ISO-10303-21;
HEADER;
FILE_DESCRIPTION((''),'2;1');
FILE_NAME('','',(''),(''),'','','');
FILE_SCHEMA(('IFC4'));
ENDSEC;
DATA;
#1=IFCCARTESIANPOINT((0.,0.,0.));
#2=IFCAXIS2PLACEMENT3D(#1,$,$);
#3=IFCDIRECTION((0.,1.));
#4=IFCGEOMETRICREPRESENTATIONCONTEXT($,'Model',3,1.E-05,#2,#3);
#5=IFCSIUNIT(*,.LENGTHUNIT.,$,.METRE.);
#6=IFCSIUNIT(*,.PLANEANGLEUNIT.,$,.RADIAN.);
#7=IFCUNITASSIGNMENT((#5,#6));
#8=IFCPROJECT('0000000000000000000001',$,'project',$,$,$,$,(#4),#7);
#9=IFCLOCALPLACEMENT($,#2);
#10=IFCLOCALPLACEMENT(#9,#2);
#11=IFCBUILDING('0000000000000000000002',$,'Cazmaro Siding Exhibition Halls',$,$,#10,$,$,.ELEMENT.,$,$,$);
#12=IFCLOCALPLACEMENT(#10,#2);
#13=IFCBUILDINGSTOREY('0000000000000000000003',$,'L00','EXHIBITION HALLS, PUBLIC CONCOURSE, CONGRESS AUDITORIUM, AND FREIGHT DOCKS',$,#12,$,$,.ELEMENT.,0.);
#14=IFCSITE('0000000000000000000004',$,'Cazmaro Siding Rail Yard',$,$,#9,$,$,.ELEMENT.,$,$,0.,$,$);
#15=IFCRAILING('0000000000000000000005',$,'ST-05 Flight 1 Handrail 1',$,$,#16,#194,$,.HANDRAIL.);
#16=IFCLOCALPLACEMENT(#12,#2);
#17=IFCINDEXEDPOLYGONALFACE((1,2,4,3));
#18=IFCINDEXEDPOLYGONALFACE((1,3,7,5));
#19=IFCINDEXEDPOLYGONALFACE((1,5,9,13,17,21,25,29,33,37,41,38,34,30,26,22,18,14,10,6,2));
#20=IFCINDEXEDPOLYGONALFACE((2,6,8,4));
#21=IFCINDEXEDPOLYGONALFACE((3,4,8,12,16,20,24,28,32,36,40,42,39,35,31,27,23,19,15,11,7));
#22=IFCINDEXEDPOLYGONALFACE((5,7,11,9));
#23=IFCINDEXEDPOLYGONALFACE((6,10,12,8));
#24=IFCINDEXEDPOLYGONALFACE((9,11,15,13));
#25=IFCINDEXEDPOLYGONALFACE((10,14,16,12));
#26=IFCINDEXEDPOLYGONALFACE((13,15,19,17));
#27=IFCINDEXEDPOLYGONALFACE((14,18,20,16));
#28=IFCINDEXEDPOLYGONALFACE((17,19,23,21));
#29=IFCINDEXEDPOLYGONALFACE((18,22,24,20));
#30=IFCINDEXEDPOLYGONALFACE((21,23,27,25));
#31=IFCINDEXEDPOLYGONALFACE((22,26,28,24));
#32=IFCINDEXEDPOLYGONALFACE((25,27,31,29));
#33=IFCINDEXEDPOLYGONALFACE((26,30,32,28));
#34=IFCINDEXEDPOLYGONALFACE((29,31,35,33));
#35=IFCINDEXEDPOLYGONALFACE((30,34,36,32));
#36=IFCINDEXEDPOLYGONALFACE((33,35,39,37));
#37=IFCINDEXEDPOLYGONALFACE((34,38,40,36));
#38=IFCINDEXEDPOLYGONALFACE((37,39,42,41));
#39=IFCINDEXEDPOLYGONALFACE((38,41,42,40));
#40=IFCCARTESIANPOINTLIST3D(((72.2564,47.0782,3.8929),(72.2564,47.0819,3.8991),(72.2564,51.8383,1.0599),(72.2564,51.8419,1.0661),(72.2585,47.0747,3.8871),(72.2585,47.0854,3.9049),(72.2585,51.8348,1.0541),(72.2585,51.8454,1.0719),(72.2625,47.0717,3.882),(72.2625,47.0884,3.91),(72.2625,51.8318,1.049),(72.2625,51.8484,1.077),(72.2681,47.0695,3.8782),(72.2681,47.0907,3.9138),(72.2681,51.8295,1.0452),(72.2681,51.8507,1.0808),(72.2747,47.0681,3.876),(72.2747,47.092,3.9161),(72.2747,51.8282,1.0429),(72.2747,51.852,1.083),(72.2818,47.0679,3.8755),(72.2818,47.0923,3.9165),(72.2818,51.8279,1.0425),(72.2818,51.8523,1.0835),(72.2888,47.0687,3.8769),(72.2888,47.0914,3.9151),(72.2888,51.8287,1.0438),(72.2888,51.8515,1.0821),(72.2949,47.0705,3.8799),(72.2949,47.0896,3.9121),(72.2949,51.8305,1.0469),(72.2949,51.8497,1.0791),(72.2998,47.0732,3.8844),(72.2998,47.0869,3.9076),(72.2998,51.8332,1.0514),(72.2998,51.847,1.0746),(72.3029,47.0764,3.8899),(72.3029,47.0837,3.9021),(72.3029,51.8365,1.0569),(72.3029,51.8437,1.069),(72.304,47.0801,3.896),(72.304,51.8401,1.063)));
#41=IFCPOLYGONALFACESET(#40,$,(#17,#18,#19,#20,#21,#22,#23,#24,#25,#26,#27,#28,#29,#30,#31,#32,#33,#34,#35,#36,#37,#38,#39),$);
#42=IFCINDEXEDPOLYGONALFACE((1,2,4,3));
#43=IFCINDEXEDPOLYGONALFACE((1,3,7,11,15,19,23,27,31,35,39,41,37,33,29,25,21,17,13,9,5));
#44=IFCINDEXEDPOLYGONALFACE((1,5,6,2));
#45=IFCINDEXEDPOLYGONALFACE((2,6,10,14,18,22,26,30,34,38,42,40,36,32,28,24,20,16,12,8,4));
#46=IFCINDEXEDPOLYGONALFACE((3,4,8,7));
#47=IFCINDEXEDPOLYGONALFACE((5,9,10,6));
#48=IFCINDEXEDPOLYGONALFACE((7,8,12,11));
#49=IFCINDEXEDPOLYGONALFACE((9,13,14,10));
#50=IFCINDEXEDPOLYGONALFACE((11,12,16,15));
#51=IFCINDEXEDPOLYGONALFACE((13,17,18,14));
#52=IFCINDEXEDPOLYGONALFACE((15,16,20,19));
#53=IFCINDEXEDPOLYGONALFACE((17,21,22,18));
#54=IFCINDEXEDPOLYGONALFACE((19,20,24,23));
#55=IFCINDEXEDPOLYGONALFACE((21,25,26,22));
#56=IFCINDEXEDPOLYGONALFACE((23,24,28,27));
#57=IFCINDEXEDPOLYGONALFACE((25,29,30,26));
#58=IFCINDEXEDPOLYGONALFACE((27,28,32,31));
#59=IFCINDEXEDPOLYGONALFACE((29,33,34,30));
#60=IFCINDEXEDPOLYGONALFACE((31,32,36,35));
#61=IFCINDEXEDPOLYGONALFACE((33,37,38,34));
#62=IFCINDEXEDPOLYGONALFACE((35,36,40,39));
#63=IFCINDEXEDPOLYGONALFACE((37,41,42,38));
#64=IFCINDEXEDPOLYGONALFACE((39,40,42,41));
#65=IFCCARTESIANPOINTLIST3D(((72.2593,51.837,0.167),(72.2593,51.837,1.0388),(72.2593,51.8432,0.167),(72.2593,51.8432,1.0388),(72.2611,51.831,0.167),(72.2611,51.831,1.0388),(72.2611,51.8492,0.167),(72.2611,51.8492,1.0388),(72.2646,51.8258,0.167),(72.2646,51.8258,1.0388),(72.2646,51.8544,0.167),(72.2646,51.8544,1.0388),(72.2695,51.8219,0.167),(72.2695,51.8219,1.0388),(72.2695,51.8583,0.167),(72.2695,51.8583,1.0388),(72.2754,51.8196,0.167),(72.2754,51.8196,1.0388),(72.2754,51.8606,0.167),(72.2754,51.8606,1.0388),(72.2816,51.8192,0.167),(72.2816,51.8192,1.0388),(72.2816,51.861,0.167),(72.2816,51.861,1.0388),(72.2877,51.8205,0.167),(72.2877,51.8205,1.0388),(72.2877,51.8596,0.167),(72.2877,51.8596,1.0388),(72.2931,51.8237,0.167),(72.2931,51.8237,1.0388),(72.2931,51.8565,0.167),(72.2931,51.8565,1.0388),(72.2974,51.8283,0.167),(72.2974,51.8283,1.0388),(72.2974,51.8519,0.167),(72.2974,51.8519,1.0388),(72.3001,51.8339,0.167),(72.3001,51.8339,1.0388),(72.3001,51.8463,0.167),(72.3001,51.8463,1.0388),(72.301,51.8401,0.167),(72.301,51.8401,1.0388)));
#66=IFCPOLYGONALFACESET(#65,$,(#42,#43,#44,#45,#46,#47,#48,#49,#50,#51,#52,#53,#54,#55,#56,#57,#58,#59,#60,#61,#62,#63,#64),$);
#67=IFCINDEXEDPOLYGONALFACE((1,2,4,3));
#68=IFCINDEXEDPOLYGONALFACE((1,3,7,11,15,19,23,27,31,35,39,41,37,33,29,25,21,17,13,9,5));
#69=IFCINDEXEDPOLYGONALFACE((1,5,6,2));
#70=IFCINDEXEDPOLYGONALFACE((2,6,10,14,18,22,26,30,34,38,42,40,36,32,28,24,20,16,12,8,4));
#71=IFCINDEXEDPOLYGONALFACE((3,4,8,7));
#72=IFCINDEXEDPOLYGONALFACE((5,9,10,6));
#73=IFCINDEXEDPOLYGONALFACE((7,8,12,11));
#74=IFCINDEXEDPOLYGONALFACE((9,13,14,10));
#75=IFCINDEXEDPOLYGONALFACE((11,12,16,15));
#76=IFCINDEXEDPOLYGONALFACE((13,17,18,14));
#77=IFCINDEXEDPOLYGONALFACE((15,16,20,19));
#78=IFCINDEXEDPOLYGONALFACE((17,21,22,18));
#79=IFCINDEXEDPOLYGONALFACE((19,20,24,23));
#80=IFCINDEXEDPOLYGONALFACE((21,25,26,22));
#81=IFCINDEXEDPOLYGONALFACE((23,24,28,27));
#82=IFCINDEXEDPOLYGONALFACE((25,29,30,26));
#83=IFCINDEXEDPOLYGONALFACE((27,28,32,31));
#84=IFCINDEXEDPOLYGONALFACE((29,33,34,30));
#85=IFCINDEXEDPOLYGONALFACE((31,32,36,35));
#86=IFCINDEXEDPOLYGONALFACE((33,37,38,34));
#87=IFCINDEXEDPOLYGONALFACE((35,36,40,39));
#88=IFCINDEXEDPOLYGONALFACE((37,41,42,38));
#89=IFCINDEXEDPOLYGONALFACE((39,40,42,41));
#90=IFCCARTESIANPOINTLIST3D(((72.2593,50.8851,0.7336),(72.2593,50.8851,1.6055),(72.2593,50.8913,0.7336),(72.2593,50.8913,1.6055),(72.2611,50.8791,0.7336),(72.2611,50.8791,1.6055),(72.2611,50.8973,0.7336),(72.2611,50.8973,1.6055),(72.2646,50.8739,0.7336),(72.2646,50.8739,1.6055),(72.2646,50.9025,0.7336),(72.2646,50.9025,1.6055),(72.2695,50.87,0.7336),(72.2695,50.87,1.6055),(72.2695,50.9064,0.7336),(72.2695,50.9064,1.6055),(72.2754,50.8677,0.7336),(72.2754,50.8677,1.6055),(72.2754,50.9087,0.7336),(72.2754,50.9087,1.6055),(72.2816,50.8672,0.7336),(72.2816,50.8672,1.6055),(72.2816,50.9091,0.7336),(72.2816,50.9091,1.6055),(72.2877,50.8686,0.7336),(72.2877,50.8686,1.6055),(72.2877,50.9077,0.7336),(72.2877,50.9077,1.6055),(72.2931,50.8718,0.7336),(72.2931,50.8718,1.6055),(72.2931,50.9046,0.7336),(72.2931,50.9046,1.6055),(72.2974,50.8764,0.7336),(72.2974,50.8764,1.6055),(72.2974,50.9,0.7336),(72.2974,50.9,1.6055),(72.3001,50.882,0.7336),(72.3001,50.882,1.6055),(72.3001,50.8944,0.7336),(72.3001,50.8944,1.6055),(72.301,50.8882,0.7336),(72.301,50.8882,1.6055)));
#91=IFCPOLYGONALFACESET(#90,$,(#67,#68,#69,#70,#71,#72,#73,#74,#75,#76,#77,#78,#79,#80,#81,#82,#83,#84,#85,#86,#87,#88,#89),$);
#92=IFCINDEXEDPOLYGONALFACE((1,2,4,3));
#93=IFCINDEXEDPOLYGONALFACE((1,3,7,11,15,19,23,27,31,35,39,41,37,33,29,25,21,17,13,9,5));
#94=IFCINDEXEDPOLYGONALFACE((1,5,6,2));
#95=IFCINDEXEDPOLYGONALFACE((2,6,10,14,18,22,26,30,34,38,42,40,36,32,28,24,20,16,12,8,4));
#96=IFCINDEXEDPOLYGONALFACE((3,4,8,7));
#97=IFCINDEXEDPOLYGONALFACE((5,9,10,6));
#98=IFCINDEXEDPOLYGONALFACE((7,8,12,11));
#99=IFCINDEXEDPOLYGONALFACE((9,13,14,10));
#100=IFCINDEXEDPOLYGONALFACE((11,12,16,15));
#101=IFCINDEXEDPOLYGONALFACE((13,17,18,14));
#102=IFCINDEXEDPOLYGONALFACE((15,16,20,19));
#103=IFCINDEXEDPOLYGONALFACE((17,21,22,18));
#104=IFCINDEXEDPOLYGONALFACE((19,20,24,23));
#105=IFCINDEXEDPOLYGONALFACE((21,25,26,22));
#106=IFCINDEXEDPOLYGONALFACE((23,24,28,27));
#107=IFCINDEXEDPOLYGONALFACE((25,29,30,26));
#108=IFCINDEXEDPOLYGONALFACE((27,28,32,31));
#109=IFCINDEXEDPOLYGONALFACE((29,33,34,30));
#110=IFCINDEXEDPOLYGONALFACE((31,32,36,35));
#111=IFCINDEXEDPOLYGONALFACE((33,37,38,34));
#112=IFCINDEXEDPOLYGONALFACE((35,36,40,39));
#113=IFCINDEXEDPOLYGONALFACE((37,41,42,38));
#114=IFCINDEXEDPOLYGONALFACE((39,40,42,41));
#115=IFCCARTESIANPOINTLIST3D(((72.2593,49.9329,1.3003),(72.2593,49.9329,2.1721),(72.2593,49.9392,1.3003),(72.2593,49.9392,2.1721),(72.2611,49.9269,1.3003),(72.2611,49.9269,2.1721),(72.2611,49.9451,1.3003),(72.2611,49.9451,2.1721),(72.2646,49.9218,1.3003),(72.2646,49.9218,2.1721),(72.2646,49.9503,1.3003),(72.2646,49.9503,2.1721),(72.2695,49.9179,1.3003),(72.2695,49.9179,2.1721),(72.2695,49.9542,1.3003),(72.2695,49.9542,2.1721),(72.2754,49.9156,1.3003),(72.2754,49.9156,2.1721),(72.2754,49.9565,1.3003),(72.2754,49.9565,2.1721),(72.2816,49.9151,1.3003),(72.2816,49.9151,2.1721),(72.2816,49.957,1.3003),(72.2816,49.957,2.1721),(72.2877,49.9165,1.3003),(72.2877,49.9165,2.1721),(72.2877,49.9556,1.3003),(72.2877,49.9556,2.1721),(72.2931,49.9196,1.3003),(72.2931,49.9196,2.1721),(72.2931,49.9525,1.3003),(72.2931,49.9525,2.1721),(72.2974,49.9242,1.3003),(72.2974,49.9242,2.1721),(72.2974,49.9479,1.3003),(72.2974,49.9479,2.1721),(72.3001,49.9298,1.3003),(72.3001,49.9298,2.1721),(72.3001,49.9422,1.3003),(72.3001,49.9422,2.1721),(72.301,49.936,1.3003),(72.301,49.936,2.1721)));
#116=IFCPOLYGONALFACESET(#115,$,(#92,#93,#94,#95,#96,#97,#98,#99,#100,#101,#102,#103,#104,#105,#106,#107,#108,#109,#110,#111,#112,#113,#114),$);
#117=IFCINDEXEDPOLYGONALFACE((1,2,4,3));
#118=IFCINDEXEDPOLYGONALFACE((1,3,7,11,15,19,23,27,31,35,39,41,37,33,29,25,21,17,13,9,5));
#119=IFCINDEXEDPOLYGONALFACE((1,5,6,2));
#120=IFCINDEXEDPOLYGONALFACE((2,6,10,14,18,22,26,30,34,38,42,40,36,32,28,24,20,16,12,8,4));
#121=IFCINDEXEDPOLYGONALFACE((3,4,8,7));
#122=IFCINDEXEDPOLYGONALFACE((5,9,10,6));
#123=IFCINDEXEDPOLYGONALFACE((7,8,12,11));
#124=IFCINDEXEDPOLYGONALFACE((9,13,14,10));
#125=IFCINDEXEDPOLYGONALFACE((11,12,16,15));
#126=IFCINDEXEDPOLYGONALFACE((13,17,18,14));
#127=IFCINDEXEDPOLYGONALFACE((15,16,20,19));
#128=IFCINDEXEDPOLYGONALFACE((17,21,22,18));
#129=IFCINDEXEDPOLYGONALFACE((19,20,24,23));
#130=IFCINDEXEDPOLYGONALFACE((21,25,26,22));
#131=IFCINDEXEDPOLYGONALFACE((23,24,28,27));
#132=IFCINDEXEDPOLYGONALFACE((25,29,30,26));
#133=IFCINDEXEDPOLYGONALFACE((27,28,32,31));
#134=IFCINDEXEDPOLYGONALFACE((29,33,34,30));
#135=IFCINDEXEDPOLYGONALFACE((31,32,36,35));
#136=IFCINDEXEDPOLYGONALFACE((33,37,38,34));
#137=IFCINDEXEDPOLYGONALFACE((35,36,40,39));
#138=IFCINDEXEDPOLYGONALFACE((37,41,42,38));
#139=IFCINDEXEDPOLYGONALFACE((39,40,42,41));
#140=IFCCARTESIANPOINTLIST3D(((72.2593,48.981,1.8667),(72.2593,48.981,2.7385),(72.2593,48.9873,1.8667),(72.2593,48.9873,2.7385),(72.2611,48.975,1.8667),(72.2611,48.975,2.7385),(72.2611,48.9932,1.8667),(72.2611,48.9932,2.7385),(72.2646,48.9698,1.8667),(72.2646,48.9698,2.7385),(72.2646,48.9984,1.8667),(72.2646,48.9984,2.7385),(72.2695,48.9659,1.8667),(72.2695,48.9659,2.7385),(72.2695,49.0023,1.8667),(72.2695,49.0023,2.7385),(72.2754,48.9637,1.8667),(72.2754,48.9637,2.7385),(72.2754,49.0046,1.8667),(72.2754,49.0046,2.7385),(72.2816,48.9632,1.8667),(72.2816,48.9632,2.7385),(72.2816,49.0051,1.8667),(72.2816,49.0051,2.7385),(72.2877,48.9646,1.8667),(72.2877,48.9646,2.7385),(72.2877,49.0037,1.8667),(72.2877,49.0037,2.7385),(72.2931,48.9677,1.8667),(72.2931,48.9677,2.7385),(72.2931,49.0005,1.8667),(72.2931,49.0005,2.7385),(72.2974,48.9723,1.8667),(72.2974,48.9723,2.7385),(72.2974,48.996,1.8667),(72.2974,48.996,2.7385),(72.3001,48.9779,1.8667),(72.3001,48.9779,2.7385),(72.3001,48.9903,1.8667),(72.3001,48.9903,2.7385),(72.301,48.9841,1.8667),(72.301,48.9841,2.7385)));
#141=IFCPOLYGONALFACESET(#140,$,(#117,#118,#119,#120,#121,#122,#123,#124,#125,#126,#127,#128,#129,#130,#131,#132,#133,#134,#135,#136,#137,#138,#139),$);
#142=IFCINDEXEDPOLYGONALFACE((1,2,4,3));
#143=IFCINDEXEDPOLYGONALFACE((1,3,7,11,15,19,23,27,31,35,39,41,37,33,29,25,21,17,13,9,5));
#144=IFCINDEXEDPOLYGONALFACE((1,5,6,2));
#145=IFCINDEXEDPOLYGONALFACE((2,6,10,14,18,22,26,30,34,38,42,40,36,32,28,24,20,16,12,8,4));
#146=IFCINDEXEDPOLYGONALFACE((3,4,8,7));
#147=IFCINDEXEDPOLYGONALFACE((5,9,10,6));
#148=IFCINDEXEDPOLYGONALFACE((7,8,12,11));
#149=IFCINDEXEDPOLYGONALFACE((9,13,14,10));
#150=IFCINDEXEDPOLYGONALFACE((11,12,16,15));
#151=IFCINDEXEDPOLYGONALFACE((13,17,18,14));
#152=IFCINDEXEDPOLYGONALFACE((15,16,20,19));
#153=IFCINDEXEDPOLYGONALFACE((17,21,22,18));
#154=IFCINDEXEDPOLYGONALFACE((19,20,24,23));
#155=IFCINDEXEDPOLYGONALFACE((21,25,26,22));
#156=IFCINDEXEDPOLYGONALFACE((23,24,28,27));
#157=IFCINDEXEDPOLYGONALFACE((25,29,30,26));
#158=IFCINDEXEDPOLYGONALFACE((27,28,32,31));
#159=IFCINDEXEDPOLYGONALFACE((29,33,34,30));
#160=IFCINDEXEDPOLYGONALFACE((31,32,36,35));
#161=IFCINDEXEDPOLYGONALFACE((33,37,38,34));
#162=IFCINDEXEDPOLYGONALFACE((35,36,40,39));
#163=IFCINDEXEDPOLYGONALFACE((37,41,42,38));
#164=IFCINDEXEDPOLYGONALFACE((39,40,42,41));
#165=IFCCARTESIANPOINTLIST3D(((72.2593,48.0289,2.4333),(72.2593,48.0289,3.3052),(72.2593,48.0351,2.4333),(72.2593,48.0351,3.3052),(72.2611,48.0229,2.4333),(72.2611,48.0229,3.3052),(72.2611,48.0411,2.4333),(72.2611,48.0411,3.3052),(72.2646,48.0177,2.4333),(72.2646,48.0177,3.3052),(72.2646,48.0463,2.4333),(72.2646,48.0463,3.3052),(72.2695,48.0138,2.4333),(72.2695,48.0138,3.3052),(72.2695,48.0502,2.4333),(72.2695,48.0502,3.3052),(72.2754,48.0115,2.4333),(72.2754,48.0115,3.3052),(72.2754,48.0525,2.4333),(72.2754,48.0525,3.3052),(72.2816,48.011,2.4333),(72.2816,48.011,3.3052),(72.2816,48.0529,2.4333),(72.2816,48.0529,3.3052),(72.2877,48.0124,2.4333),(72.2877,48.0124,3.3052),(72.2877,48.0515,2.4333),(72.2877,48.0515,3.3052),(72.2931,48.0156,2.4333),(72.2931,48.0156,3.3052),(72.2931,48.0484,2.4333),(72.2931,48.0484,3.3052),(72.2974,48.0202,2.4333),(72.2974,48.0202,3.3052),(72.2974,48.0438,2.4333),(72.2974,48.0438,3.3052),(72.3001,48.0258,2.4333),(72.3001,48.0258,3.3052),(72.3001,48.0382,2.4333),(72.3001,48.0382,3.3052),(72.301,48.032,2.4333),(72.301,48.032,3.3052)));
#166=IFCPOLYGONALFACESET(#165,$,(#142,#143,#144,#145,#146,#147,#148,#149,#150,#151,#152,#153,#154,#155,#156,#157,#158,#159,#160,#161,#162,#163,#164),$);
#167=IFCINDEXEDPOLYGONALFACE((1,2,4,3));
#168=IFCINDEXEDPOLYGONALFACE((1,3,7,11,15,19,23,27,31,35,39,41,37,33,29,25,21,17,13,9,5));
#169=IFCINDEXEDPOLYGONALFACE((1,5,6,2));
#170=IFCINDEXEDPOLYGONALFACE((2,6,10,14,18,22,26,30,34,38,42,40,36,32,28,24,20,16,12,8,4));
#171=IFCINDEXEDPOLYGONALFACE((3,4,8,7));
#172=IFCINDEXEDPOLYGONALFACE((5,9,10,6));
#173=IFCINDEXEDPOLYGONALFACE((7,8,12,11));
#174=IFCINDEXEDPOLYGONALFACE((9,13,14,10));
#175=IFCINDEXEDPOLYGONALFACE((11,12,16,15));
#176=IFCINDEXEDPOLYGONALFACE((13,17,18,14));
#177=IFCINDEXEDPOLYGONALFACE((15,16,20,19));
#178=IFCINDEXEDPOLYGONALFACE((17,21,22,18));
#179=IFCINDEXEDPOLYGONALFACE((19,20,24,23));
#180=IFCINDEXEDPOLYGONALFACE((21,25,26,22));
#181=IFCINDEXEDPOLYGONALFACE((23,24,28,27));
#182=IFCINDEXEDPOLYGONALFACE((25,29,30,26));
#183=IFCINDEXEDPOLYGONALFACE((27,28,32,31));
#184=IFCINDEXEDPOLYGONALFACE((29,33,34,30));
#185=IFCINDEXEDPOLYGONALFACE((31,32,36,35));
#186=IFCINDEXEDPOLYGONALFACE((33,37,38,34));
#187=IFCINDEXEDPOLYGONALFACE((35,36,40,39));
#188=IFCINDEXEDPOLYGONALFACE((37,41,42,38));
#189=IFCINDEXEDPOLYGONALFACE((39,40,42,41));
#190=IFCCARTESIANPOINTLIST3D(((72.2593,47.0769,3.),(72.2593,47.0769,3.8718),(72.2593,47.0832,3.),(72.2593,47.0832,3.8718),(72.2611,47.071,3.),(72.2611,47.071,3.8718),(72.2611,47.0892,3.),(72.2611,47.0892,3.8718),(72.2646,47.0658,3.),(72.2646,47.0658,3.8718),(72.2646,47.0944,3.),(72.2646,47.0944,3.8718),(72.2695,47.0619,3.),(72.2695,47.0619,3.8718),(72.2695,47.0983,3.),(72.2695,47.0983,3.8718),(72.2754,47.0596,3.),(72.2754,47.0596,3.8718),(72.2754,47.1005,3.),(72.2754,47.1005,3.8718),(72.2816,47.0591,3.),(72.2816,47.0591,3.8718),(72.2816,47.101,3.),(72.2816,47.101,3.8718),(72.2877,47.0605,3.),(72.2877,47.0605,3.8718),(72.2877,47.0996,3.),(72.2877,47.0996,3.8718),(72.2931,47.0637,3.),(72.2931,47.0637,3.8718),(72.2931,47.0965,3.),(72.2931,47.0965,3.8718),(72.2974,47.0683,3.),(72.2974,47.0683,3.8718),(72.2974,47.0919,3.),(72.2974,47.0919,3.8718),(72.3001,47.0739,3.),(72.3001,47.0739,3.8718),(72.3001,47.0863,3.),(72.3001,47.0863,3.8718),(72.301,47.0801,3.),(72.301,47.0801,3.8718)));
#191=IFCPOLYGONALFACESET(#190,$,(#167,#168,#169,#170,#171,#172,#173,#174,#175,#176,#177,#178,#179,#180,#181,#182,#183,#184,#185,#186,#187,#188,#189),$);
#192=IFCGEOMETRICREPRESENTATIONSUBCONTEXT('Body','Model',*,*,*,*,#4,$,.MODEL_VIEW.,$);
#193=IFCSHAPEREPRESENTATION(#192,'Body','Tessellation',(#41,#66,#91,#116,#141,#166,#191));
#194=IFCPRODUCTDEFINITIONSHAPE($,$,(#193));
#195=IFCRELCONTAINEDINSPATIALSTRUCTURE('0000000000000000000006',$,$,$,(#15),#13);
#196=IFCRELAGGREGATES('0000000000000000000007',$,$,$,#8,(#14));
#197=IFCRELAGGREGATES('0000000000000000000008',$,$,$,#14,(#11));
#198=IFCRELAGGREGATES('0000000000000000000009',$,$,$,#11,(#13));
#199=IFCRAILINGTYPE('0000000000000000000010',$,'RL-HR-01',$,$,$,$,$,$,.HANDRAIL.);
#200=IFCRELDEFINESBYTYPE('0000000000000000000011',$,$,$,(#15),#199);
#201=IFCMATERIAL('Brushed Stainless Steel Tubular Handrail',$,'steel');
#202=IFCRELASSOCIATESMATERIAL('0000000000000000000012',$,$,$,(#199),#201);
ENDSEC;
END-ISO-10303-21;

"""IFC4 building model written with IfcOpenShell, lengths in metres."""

from ifc_helpers import new_model, si_unit, direction, frame, origin, origin_2d, place, context, subcontext, project, spatial, circle, extrude, material, type_object, element, save


model = new_model("IFC4")

# Units and contexts
model_context = context("Model", 3, precision=1e-05, world=origin(), true_north=direction((0.0, 1.0)))
body_context = subcontext(model_context, "Body", "Model", "MODEL_VIEW")
ifc_project = project(units=[si_unit("LENGTHUNIT", "METRE"), si_unit("PLANEANGLEUNIT", "RADIAN")], contexts=[model_context])

# Site, building, storey
site_placement = place(None, origin())
site = spatial("IfcSite", under=ifc_project, at=site_placement, Name="Cazmaro Siding Rail Yard", CompositionType="ELEMENT", RefElevation=0.0)
building_placement = place(site_placement, origin())
building = spatial("IfcBuilding", under=site, at=building_placement, Name="Cazmaro Siding Exhibition Halls", CompositionType="ELEMENT")
storey_placement = place(building_placement, origin())
storey = spatial("IfcBuildingStorey", under=building, at=storey_placement, Name="L00", Description="EXHIBITION HALLS, PUBLIC CONCOURSE, CONGRESS AUDITORIUM, AND FREIGHT DOCKS", CompositionType="ELEMENT", Elevation=0.0)

# Railing
ifc_material_1 = material(Name="Brushed Stainless Steel Tubular Handrail", Category="steel")
railing_type = type_object("IfcRailingType", Name="RL-HR-01", PredefinedType="HANDRAIL", material=ifc_material_1)
railing_placement = place(storey_placement, frame((72.28, 51.8401, 0.167)))
element("IfcRailing", 1, at=railing_placement, inside=storey, type_object=railing_type, Name="ST-05 Flight 1 Handrail 1", PredefinedType="HANDRAIL", context=body_context, shape_type="SweptSolid", body=[
    extrude(circle(Radius=0.0239, at=origin_2d()), frame((0.0, 0.0, 0.896), z_axis=(0.0, -0.859319, 0.51144), x_axis=(1.0, 0.0, 0.0)), (0.0, 0.0, 1.0), 5.5393),
    extrude(circle(Radius=0.021, at=origin_2d()), origin(), (0.0, 0.0, 1.0), 0.8718),
    extrude(circle(Radius=0.021, at=origin_2d()), frame((0.0, -0.9519, 0.5667)), (0.0, 0.0, 1.0), 0.8718),
    extrude(circle(Radius=0.021, at=origin_2d()), frame((0.0, -1.9041, 1.1333)), (0.0, 0.0, 1.0), 0.8718),
    extrude(circle(Radius=0.021, at=origin_2d()), frame((0.0, -2.856, 1.6997)), (0.0, 0.0, 1.0), 0.8718),
    extrude(circle(Radius=0.021, at=origin_2d()), frame((0.0, -3.8081, 2.2664)), (0.0, 0.0, 1.0), 0.8718),
    extrude(circle(Radius=0.021, at=origin_2d()), frame((0.0, -4.76, 2.833)), (0.0, 0.0, 1.0), 0.8718),
])

save(model, "model.ifc")
